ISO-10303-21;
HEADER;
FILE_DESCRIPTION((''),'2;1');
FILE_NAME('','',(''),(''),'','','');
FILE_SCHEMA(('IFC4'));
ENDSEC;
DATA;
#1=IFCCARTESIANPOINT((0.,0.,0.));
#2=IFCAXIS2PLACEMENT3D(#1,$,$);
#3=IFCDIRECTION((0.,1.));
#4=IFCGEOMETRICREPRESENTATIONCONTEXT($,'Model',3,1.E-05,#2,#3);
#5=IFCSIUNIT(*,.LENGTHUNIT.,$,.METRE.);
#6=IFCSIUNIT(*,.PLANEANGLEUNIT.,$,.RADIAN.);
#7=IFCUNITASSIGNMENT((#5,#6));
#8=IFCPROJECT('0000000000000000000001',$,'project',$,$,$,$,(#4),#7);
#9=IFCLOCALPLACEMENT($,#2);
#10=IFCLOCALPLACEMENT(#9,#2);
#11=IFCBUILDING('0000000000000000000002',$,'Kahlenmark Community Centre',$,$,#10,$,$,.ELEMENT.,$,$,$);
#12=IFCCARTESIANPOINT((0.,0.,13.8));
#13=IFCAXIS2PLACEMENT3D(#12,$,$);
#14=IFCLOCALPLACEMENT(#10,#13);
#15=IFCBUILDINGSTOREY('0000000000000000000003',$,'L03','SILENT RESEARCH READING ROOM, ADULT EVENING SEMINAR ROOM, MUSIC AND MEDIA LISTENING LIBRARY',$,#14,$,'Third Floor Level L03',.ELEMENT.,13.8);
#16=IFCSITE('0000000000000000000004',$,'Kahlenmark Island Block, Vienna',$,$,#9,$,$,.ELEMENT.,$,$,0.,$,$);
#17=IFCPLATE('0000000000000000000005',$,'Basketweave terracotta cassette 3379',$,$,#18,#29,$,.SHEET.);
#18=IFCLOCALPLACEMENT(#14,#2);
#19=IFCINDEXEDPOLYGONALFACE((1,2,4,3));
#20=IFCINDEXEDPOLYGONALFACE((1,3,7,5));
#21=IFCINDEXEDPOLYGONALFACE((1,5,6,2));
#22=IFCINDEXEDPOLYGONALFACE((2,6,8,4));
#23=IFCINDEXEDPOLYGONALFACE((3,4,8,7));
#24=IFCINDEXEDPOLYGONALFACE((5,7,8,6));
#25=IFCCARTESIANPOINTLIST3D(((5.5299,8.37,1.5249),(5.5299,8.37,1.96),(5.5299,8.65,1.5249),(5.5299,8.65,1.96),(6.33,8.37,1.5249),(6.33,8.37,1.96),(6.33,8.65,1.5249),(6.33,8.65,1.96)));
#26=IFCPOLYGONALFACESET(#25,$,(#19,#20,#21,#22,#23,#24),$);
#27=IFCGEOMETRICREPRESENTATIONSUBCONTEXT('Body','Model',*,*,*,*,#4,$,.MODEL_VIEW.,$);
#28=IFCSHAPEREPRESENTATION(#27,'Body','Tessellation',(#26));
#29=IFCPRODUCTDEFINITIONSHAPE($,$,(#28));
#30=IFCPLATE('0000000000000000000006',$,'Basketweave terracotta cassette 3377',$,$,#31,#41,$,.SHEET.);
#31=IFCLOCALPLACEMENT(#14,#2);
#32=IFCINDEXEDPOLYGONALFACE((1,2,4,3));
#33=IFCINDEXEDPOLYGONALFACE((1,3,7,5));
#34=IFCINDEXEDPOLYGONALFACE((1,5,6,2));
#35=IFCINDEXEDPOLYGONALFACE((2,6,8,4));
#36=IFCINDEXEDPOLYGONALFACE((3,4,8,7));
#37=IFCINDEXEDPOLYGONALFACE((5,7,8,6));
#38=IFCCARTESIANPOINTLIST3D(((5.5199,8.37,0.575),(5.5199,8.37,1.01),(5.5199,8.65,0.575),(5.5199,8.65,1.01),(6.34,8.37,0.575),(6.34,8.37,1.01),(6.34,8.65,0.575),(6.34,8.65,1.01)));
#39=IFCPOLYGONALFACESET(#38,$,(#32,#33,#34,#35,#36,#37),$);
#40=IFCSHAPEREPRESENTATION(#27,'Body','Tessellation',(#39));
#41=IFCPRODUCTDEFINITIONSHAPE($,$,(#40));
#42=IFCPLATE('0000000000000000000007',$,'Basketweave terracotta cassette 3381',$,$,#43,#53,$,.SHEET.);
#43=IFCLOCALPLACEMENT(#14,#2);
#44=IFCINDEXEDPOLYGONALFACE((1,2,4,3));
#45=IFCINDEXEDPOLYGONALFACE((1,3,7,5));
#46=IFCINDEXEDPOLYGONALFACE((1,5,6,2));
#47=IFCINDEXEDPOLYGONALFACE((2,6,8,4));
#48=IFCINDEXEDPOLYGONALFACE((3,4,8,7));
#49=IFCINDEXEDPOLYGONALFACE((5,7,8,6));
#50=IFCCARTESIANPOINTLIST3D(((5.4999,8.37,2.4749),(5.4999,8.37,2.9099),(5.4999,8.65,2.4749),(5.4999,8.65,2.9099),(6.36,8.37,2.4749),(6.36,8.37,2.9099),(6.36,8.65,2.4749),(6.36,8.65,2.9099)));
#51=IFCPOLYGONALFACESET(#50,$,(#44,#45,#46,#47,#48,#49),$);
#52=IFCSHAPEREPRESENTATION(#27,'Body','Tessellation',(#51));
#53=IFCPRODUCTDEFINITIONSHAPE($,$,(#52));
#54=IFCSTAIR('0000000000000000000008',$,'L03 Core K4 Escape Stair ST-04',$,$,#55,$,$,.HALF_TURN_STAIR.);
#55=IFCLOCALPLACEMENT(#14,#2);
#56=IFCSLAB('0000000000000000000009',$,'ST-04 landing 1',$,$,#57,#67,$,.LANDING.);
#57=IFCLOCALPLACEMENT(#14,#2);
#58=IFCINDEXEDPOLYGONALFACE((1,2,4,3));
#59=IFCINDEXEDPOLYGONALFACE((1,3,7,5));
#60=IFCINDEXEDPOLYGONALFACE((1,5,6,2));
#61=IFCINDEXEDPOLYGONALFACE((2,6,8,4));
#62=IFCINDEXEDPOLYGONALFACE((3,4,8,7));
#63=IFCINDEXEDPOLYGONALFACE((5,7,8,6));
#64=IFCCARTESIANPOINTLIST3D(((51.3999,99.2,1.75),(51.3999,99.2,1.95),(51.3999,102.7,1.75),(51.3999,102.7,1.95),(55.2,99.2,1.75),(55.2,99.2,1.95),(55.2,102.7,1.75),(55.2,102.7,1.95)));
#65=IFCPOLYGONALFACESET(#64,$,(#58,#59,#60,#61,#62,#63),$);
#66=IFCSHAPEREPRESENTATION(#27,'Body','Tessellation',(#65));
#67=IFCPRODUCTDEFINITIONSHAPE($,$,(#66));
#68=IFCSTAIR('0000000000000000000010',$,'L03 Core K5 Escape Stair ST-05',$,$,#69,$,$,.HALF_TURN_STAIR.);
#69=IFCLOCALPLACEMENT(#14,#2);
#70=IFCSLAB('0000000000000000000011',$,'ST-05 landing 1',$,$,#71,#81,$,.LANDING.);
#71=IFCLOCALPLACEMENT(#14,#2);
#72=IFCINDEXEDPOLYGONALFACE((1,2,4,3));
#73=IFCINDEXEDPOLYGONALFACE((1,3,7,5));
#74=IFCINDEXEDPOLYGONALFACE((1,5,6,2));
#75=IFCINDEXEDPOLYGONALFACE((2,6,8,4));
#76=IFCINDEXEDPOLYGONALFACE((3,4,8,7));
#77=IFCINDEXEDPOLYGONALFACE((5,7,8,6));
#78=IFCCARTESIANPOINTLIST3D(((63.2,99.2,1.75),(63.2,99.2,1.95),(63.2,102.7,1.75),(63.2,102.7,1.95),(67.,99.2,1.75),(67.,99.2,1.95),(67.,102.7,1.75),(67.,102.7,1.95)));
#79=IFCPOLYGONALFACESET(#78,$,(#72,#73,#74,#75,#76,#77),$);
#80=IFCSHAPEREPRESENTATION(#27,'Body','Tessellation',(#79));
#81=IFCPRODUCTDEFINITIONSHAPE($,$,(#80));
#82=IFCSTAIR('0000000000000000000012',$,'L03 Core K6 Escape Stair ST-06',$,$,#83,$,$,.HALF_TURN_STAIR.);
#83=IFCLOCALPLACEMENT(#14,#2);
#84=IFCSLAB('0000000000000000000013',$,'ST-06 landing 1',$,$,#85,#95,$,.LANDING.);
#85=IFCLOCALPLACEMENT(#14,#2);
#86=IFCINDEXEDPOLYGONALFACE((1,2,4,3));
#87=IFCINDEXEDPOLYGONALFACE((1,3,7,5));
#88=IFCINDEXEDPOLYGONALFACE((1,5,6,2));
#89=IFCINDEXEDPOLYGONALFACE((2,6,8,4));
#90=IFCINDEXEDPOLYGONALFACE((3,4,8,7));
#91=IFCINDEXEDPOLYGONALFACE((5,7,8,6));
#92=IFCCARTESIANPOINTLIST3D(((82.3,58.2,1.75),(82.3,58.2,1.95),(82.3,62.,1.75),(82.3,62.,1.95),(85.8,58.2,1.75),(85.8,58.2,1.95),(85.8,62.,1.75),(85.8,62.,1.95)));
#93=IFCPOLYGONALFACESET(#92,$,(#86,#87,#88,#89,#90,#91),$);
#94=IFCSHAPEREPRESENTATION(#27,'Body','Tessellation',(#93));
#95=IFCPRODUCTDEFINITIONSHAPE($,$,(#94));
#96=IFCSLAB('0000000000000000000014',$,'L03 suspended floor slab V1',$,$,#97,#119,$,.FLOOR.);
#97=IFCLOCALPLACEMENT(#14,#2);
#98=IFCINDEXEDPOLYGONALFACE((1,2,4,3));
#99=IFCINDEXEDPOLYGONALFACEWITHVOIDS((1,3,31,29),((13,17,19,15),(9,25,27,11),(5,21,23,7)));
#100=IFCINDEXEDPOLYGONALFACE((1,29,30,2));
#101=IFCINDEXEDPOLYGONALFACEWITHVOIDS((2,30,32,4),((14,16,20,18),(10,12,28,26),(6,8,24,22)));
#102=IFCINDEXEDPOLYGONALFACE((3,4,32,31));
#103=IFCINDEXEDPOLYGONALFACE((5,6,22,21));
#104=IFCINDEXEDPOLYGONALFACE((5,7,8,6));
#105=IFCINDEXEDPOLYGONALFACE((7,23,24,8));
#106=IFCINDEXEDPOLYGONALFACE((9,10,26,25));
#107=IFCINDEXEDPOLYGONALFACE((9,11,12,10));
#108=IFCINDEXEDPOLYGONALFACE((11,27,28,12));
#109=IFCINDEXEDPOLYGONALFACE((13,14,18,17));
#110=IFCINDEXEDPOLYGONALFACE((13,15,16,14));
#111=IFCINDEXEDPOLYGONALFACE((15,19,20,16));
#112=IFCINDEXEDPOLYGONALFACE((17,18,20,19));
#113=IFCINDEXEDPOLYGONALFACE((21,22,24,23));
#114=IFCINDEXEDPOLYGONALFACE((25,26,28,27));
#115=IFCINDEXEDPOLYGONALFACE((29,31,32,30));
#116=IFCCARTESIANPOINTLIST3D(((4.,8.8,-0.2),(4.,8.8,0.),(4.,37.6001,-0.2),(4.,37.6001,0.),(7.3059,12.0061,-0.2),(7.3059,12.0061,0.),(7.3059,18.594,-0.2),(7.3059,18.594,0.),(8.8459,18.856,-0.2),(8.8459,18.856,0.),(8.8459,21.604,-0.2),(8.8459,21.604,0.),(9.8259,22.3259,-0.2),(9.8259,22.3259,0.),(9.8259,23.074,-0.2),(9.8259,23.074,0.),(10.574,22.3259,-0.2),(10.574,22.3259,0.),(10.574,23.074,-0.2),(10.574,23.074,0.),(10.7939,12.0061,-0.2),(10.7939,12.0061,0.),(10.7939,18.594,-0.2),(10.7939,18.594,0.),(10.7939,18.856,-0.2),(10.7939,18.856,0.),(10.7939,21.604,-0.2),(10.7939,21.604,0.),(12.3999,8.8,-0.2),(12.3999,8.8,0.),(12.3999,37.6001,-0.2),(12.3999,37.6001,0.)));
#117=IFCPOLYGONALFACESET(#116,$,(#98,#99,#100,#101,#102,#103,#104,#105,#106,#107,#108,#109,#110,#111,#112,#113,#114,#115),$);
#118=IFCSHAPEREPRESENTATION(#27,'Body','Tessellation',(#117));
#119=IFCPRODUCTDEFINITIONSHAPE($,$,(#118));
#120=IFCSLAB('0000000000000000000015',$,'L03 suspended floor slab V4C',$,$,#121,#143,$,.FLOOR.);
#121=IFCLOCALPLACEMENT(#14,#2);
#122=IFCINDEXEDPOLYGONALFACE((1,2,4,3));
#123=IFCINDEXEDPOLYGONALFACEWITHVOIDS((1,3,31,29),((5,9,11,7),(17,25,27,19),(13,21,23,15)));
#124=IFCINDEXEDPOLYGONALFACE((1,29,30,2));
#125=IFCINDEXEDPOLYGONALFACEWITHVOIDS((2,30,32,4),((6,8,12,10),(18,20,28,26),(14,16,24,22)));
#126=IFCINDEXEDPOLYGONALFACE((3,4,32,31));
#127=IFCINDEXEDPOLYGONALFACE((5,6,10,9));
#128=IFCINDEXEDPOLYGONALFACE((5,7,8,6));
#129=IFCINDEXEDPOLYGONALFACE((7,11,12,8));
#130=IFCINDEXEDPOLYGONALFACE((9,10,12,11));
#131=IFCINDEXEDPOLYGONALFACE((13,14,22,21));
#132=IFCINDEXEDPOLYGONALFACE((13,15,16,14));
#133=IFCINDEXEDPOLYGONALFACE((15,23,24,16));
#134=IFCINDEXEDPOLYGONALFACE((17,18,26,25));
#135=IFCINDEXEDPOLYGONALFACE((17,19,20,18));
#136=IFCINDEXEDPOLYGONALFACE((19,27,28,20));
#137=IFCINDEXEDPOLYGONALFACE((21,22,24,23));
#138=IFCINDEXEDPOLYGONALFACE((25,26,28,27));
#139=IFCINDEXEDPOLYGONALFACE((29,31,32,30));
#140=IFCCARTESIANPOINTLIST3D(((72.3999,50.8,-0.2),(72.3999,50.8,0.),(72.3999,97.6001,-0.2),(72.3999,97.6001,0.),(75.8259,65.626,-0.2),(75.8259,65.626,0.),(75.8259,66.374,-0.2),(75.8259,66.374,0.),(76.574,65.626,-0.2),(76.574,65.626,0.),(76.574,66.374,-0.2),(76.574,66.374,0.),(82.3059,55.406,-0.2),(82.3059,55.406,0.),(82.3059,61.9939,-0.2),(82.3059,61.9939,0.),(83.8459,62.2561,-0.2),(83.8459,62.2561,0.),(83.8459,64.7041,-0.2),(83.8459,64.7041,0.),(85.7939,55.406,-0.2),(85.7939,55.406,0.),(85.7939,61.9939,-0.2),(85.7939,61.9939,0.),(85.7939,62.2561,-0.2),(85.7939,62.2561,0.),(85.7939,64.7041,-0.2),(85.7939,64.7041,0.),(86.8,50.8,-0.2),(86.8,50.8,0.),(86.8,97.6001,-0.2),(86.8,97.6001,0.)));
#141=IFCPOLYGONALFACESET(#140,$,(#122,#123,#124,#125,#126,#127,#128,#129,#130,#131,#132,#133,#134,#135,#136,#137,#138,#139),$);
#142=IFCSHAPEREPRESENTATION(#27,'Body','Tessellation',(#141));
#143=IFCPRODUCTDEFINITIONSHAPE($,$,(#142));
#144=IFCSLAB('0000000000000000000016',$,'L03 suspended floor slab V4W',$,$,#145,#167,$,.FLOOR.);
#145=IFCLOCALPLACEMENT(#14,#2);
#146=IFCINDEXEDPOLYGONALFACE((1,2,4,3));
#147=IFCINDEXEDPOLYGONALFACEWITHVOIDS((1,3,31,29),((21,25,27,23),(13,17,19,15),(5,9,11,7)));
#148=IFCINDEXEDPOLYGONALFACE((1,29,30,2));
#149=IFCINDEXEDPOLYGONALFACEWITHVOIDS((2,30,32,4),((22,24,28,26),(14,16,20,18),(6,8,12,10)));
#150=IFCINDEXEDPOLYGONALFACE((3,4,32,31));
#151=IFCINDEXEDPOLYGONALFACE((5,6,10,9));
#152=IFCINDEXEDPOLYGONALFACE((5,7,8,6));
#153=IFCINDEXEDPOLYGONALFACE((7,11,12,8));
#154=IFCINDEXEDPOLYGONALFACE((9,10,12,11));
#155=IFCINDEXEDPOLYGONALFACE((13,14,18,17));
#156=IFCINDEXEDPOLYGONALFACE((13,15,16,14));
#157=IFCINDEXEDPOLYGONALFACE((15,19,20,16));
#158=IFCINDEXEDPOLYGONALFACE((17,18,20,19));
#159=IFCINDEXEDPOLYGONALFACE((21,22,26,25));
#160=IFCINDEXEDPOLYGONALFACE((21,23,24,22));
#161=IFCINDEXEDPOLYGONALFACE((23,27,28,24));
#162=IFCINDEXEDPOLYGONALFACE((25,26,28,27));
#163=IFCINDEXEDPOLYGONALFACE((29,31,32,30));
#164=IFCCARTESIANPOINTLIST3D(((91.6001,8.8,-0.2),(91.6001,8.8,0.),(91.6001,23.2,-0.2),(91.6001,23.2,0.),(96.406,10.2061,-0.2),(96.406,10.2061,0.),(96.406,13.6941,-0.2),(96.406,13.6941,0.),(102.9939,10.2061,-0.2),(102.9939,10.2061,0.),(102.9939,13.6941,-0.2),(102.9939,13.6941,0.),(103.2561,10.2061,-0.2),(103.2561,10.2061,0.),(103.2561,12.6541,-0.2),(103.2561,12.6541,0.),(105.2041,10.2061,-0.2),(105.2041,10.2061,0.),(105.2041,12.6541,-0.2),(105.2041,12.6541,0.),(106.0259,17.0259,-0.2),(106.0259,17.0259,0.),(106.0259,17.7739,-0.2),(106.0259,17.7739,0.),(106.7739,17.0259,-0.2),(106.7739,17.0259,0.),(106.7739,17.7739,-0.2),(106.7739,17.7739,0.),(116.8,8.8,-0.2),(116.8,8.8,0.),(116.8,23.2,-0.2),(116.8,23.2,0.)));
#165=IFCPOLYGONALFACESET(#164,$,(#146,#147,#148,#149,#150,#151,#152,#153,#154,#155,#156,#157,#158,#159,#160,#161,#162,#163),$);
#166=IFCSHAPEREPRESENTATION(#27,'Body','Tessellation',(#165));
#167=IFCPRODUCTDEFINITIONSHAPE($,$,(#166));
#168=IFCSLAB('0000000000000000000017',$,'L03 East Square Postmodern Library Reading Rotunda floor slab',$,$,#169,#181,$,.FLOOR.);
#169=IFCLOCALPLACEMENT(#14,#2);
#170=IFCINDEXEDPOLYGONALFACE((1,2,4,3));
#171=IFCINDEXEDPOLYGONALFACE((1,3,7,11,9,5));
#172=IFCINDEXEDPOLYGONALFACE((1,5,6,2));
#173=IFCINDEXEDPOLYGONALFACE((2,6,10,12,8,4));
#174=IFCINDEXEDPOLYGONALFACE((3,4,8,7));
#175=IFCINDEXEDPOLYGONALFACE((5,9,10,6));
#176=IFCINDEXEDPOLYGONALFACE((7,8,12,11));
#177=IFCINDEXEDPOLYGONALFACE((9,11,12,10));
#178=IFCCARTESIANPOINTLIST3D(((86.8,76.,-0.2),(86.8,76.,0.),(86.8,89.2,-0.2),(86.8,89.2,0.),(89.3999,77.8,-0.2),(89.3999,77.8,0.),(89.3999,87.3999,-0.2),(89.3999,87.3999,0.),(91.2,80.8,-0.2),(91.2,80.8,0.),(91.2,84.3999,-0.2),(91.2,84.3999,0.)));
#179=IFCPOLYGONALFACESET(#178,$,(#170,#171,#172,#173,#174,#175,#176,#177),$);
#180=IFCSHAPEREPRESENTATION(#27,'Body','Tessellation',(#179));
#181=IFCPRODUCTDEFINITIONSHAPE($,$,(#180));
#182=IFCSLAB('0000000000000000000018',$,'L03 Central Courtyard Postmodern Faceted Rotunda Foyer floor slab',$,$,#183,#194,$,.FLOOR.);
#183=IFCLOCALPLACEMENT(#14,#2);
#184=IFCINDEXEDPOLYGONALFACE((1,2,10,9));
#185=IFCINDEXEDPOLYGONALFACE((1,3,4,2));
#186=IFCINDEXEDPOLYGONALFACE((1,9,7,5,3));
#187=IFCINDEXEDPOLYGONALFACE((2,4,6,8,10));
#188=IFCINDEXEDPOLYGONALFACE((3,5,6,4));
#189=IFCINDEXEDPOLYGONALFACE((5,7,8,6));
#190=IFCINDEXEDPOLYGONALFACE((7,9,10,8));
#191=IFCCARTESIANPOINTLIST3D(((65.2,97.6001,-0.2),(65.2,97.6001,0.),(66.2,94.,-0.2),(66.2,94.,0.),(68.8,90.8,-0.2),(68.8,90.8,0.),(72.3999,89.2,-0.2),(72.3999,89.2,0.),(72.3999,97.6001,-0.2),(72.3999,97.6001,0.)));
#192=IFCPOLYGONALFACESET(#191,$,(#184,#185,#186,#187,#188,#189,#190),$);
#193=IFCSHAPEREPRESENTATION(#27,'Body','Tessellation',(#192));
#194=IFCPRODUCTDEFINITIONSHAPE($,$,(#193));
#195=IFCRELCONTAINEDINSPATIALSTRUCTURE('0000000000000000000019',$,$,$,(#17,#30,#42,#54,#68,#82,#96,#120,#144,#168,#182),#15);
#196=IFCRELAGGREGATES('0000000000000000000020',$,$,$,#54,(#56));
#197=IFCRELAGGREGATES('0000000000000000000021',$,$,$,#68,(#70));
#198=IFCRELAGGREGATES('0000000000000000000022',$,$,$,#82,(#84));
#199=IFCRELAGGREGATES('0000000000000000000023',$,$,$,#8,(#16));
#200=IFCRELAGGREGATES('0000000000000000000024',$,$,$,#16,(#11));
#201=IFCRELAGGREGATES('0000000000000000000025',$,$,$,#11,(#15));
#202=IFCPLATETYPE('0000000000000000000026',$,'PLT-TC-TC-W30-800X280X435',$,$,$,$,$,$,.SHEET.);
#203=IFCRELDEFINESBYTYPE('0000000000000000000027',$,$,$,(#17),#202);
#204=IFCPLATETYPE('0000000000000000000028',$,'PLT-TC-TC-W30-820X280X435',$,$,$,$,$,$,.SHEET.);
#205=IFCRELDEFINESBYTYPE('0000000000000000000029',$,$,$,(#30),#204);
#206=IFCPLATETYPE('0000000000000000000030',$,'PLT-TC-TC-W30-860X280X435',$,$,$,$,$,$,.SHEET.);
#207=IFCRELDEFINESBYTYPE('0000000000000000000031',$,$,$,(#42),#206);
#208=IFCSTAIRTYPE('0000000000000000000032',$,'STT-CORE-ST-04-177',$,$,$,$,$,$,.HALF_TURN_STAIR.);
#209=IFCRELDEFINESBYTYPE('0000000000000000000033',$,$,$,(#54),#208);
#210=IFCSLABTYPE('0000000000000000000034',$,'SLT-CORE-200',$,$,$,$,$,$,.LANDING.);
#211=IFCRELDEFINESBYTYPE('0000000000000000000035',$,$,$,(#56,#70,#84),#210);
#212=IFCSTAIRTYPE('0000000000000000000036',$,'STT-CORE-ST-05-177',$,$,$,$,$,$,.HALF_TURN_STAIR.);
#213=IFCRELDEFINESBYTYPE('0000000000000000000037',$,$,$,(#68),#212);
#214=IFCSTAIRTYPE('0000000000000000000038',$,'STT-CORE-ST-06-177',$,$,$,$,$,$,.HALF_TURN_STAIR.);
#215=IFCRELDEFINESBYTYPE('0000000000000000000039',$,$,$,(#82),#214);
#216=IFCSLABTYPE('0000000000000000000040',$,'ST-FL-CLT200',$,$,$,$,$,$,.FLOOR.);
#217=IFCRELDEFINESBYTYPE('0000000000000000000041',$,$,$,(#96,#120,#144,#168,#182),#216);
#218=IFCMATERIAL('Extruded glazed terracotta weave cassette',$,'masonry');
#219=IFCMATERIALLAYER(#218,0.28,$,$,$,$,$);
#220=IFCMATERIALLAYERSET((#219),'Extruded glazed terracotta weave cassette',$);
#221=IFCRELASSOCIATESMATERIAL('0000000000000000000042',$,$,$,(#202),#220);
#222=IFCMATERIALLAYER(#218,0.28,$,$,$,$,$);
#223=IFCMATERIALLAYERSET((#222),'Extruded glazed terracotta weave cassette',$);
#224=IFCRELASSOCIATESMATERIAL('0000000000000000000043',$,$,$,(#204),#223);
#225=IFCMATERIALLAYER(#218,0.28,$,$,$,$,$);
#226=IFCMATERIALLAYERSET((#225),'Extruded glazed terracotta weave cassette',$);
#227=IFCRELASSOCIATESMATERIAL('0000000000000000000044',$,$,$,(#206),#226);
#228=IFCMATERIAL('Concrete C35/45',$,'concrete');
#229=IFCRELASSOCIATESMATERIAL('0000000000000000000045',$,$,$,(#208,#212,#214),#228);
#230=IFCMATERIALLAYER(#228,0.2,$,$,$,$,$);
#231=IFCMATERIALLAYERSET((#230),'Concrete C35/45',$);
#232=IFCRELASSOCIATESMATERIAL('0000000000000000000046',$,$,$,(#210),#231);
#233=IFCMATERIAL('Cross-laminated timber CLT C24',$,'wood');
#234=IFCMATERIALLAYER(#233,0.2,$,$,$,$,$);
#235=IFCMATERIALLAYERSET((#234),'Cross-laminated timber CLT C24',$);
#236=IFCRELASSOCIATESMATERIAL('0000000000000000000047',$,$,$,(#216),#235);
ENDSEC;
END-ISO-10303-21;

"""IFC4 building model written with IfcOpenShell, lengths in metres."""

from ifc_helpers import new_model, si_unit, direction, frame, origin, origin_2d, place, context, subcontext, project, spatial, polyline, rectangle, outline, extrude, material, layer, layer_set, type_object, element, aggregate, save


model = new_model("IFC4")

# Units and contexts
model_context = context("Model", 3, precision=1e-05, world=origin(), true_north=direction((0.0, 1.0)))
body_context = subcontext(model_context, "Body", "Model", "MODEL_VIEW")
ifc_project = project(units=[si_unit("LENGTHUNIT", "METRE"), si_unit("PLANEANGLEUNIT", "RADIAN")], contexts=[model_context])

# Site, building, storey
site_placement = place(None, origin())
site = spatial("IfcSite", under=ifc_project, at=site_placement, Name="Kahlenmark Island Block, Vienna", CompositionType="ELEMENT", RefElevation=0.0)
building_placement = place(site_placement, origin())
building = spatial("IfcBuilding", under=site, at=building_placement, Name="Kahlenmark Community Centre", CompositionType="ELEMENT")
storey_placement = place(building_placement, frame((0.0, 0.0, 13.8)))
storey = spatial("IfcBuildingStorey", under=building, at=storey_placement, Name="L03", Description="SILENT RESEARCH READING ROOM, ADULT EVENING SEMINAR ROOM, MUSIC AND MEDIA LISTENING LIBRARY", LongName="Third Floor Level L03", CompositionType="ELEMENT", Elevation=13.8)

# Plates
ifc_material_1 = material(Name="Extruded glazed terracotta weave cassette", Category="masonry")
ifc_layer_1 = layer(ifc_material_1, 0.28)
ifc_layer_set_1 = layer_set([ifc_layer_1], Name="Extruded glazed terracotta weave cassette")
plate_type_1 = type_object("IfcPlateType", Name="PLT-TC-TC-W30-800X280X435", PredefinedType="SHEET", material=ifc_layer_set_1)
plate_1_placement = place(storey_placement, frame((5.9299, 8.51, 1.5249), z_axis=(0.0, 0.0, 1.0), x_axis=(1.0, 0.0, 0.0)))
element("IfcPlate", 1, at=plate_1_placement, inside=storey, type_object=plate_type_1, Name="Basketweave terracotta cassette 3379", PredefinedType="SHEET", context=body_context, shape_type="SweptSolid", body=[
    extrude(rectangle(XDim=0.8, YDim=0.28, at=origin_2d()), origin(), (0.0, 0.0, 1.0), 0.4351),
])
ifc_layer_2 = layer(ifc_material_1, 0.28)
ifc_layer_set_2 = layer_set([ifc_layer_2], Name="Extruded glazed terracotta weave cassette")
plate_type_2 = type_object("IfcPlateType", Name="PLT-TC-TC-W30-820X280X435", PredefinedType="SHEET", material=ifc_layer_set_2)
plate_2_placement = place(storey_placement, frame((5.9299, 8.51, 0.575), z_axis=(0.0, 0.0, 1.0), x_axis=(1.0, 0.0, 0.0)))
element("IfcPlate", 2, at=plate_2_placement, inside=storey, type_object=plate_type_2, Name="Basketweave terracotta cassette 3377", PredefinedType="SHEET", context=body_context, shape_type="SweptSolid", body=[
    extrude(rectangle(XDim=0.8201, YDim=0.28, at=origin_2d()), origin(), (0.0, 0.0, 1.0), 0.4351),
])
ifc_layer_3 = layer(ifc_material_1, 0.28)
ifc_layer_set_3 = layer_set([ifc_layer_3], Name="Extruded glazed terracotta weave cassette")
plate_type_3 = type_object("IfcPlateType", Name="PLT-TC-TC-W30-860X280X435", PredefinedType="SHEET", material=ifc_layer_set_3)
plate_3_placement = place(storey_placement, frame((5.9299, 8.51, 2.4749), z_axis=(0.0, 0.0, 1.0), x_axis=(1.0, 0.0, 0.0)))
element("IfcPlate", 3, at=plate_3_placement, inside=storey, type_object=plate_type_3, Name="Basketweave terracotta cassette 3381", PredefinedType="SHEET", context=body_context, shape_type="SweptSolid", body=[
    extrude(rectangle(XDim=0.8601, YDim=0.28, at=origin_2d()), origin(), (0.0, 0.0, 1.0), 0.4351),
])

# Stairs, slabs
ifc_material_2 = material(Name="Concrete C35/45", Category="concrete")
stair_type_1 = type_object("IfcStairType", Name="STT-CORE-ST-04-177", PredefinedType="HALF_TURN_STAIR", material=ifc_material_2)
stair_1_placement = place(storey_placement, origin())
stair_1 = element("IfcStair", 4, at=stair_1_placement, inside=storey, type_object=stair_type_1, Name="L03 Core K4 Escape Stair ST-04", PredefinedType="HALF_TURN_STAIR")
ifc_layer_4 = layer(ifc_material_2, 0.2)
ifc_layer_set_4 = layer_set([ifc_layer_4], Name="Concrete C35/45")
slab_type_1 = type_object("IfcSlabType", Name="SLT-CORE-200", PredefinedType="LANDING", material=ifc_layer_set_4)
slab_1_placement = place(storey_placement, frame((0.0, 0.0, 1.75)))
slab_1 = element("IfcSlab", 5, at=slab_1_placement, type_object=slab_type_1, Name="ST-04 landing 1", PredefinedType="LANDING", context=body_context, shape_type="SweptSolid", body=[
    extrude(outline(polyline([(51.3999, 99.2), (55.2, 99.2), (55.2, 102.7), (51.3999, 102.7), (51.3999, 99.2)])), origin(), (0.0, 0.0, 1.0), 0.2),
])
aggregate(stair_1, [slab_1])
stair_type_2 = type_object("IfcStairType", Name="STT-CORE-ST-05-177", PredefinedType="HALF_TURN_STAIR", material=ifc_material_2)
stair_2_placement = place(storey_placement, origin())
stair_2 = element("IfcStair", 6, at=stair_2_placement, inside=storey, type_object=stair_type_2, Name="L03 Core K5 Escape Stair ST-05", PredefinedType="HALF_TURN_STAIR")
slab_2_placement = place(storey_placement, frame((0.0, 0.0, 1.75)))
slab_2 = element("IfcSlab", 7, at=slab_2_placement, type_object=slab_type_1, Name="ST-05 landing 1", PredefinedType="LANDING", context=body_context, shape_type="SweptSolid", body=[
    extrude(outline(polyline([(63.2, 99.2), (67.0, 99.2), (67.0, 102.7), (63.2, 102.7), (63.2, 99.2)])), origin(), (0.0, 0.0, 1.0), 0.2),
])
aggregate(stair_2, [slab_2])
stair_type_3 = type_object("IfcStairType", Name="STT-CORE-ST-06-177", PredefinedType="HALF_TURN_STAIR", material=ifc_material_2)
stair_3_placement = place(storey_placement, origin())
stair_3 = element("IfcStair", 8, at=stair_3_placement, inside=storey, type_object=stair_type_3, Name="L03 Core K6 Escape Stair ST-06", PredefinedType="HALF_TURN_STAIR")
slab_3_placement = place(storey_placement, frame((0.0, 0.0, 1.75)))
slab_3 = element("IfcSlab", 9, at=slab_3_placement, type_object=slab_type_1, Name="ST-06 landing 1", PredefinedType="LANDING", context=body_context, shape_type="SweptSolid", body=[
    extrude(outline(polyline([(85.8, 58.2), (85.8, 62.0), (82.3, 62.0), (82.3, 58.2), (85.8, 58.2)])), origin(), (0.0, 0.0, 1.0), 0.2),
])
aggregate(stair_3, [slab_3])

# Slabs
ifc_material_3 = material(Name="Cross-laminated timber CLT C24", Category="wood")
ifc_layer_5 = layer(ifc_material_3, 0.2)
ifc_layer_set_5 = layer_set([ifc_layer_5], Name="Cross-laminated timber CLT C24")
slab_type_2 = type_object("IfcSlabType", Name="ST-FL-CLT200", PredefinedType="FLOOR", material=ifc_layer_set_5)
slab_4_placement = place(storey_placement, frame((0.0, 0.0, -0.2)))
element("IfcSlab", 10, at=slab_4_placement, inside=storey, type_object=slab_type_2, Name="L03 suspended floor slab V1", PredefinedType="FLOOR", context=body_context, shape_type="SweptSolid", body=[
    extrude(outline(polyline([(4.0, 8.8), (12.3999, 8.8), (12.3999, 37.6001), (4.0, 37.6001), (4.0, 8.8)]), holes=[polyline([(7.3059, 12.0061), (10.7939, 12.0061), (10.7939, 18.594), (7.3059, 18.594), (7.3059, 12.0061)]), polyline([(8.8459, 18.856), (10.7939, 18.856), (10.7939, 21.604), (8.8459, 21.604), (8.8459, 18.856)]), polyline([(9.8259, 22.3259), (10.574, 22.3259), (10.574, 23.074), (9.8259, 23.074), (9.8259, 22.3259)])]), origin(), (0.0, 0.0, 1.0), 0.2),
])
slab_5_placement = place(storey_placement, frame((0.0, 0.0, -0.2)))
element("IfcSlab", 11, at=slab_5_placement, inside=storey, type_object=slab_type_2, Name="L03 suspended floor slab V4C", PredefinedType="FLOOR", context=body_context, shape_type="SweptSolid", body=[
    extrude(outline(polyline([(72.3999, 50.8), (86.8, 50.8), (86.8, 97.6001), (72.3999, 97.6001), (72.3999, 50.8)]), holes=[polyline([(82.3059, 55.406), (85.7939, 55.406), (85.7939, 61.9939), (82.3059, 61.9939), (82.3059, 55.406)]), polyline([(83.8459, 62.2561), (85.7939, 62.2561), (85.7939, 64.7041), (83.8459, 64.7041), (83.8459, 62.2561)]), polyline([(75.8259, 65.626), (76.574, 65.626), (76.574, 66.374), (75.8259, 66.374), (75.8259, 65.626)])]), origin(), (0.0, 0.0, 1.0), 0.2),
])
slab_6_placement = place(storey_placement, frame((0.0, 0.0, -0.2)))
element("IfcSlab", 12, at=slab_6_placement, inside=storey, type_object=slab_type_2, Name="L03 suspended floor slab V4W", PredefinedType="FLOOR", context=body_context, shape_type="SweptSolid", body=[
    extrude(outline(polyline([(91.6001, 8.8), (116.8, 8.8), (116.8, 23.2), (91.6001, 23.2), (91.6001, 8.8)]), holes=[polyline([(96.406, 10.2061), (102.9939, 10.2061), (102.9939, 13.6941), (96.406, 13.6941), (96.406, 10.2061)]), polyline([(103.2561, 10.2061), (105.2041, 10.2061), (105.2041, 12.6541), (103.2561, 12.6541), (103.2561, 10.2061)]), polyline([(106.0259, 17.0259), (106.7739, 17.0259), (106.7739, 17.7739), (106.0259, 17.7739), (106.0259, 17.0259)])]), origin(), (0.0, 0.0, 1.0), 0.2),
])
slab_7_placement = place(storey_placement, frame((0.0, 0.0, -0.2)))
element("IfcSlab", 13, at=slab_7_placement, inside=storey, type_object=slab_type_2, Name="L03 East Square Postmodern Library Reading Rotunda floor slab", PredefinedType="FLOOR", context=body_context, shape_type="SweptSolid", body=[
    extrude(outline(polyline([(86.8, 76.0), (89.3999, 77.8), (91.2, 80.8), (91.2, 84.3999), (89.3999, 87.3999), (86.8, 89.2), (86.8, 76.0)])), origin(), (0.0, 0.0, 1.0), 0.2),
])
slab_8_placement = place(storey_placement, frame((0.0, 0.0, -0.2)))
element("IfcSlab", 14, at=slab_8_placement, inside=storey, type_object=slab_type_2, Name="L03 Central Courtyard Postmodern Faceted Rotunda Foyer floor slab", PredefinedType="FLOOR", context=body_context, shape_type="SweptSolid", body=[
    extrude(outline(polyline([(65.2, 97.6001), (66.2, 94.0), (68.8, 90.8), (72.3999, 89.2), (72.3999, 97.6001), (65.2, 97.6001)])), origin(), (0.0, 0.0, 1.0), 0.2),
])

save(model, "model.ifc")
